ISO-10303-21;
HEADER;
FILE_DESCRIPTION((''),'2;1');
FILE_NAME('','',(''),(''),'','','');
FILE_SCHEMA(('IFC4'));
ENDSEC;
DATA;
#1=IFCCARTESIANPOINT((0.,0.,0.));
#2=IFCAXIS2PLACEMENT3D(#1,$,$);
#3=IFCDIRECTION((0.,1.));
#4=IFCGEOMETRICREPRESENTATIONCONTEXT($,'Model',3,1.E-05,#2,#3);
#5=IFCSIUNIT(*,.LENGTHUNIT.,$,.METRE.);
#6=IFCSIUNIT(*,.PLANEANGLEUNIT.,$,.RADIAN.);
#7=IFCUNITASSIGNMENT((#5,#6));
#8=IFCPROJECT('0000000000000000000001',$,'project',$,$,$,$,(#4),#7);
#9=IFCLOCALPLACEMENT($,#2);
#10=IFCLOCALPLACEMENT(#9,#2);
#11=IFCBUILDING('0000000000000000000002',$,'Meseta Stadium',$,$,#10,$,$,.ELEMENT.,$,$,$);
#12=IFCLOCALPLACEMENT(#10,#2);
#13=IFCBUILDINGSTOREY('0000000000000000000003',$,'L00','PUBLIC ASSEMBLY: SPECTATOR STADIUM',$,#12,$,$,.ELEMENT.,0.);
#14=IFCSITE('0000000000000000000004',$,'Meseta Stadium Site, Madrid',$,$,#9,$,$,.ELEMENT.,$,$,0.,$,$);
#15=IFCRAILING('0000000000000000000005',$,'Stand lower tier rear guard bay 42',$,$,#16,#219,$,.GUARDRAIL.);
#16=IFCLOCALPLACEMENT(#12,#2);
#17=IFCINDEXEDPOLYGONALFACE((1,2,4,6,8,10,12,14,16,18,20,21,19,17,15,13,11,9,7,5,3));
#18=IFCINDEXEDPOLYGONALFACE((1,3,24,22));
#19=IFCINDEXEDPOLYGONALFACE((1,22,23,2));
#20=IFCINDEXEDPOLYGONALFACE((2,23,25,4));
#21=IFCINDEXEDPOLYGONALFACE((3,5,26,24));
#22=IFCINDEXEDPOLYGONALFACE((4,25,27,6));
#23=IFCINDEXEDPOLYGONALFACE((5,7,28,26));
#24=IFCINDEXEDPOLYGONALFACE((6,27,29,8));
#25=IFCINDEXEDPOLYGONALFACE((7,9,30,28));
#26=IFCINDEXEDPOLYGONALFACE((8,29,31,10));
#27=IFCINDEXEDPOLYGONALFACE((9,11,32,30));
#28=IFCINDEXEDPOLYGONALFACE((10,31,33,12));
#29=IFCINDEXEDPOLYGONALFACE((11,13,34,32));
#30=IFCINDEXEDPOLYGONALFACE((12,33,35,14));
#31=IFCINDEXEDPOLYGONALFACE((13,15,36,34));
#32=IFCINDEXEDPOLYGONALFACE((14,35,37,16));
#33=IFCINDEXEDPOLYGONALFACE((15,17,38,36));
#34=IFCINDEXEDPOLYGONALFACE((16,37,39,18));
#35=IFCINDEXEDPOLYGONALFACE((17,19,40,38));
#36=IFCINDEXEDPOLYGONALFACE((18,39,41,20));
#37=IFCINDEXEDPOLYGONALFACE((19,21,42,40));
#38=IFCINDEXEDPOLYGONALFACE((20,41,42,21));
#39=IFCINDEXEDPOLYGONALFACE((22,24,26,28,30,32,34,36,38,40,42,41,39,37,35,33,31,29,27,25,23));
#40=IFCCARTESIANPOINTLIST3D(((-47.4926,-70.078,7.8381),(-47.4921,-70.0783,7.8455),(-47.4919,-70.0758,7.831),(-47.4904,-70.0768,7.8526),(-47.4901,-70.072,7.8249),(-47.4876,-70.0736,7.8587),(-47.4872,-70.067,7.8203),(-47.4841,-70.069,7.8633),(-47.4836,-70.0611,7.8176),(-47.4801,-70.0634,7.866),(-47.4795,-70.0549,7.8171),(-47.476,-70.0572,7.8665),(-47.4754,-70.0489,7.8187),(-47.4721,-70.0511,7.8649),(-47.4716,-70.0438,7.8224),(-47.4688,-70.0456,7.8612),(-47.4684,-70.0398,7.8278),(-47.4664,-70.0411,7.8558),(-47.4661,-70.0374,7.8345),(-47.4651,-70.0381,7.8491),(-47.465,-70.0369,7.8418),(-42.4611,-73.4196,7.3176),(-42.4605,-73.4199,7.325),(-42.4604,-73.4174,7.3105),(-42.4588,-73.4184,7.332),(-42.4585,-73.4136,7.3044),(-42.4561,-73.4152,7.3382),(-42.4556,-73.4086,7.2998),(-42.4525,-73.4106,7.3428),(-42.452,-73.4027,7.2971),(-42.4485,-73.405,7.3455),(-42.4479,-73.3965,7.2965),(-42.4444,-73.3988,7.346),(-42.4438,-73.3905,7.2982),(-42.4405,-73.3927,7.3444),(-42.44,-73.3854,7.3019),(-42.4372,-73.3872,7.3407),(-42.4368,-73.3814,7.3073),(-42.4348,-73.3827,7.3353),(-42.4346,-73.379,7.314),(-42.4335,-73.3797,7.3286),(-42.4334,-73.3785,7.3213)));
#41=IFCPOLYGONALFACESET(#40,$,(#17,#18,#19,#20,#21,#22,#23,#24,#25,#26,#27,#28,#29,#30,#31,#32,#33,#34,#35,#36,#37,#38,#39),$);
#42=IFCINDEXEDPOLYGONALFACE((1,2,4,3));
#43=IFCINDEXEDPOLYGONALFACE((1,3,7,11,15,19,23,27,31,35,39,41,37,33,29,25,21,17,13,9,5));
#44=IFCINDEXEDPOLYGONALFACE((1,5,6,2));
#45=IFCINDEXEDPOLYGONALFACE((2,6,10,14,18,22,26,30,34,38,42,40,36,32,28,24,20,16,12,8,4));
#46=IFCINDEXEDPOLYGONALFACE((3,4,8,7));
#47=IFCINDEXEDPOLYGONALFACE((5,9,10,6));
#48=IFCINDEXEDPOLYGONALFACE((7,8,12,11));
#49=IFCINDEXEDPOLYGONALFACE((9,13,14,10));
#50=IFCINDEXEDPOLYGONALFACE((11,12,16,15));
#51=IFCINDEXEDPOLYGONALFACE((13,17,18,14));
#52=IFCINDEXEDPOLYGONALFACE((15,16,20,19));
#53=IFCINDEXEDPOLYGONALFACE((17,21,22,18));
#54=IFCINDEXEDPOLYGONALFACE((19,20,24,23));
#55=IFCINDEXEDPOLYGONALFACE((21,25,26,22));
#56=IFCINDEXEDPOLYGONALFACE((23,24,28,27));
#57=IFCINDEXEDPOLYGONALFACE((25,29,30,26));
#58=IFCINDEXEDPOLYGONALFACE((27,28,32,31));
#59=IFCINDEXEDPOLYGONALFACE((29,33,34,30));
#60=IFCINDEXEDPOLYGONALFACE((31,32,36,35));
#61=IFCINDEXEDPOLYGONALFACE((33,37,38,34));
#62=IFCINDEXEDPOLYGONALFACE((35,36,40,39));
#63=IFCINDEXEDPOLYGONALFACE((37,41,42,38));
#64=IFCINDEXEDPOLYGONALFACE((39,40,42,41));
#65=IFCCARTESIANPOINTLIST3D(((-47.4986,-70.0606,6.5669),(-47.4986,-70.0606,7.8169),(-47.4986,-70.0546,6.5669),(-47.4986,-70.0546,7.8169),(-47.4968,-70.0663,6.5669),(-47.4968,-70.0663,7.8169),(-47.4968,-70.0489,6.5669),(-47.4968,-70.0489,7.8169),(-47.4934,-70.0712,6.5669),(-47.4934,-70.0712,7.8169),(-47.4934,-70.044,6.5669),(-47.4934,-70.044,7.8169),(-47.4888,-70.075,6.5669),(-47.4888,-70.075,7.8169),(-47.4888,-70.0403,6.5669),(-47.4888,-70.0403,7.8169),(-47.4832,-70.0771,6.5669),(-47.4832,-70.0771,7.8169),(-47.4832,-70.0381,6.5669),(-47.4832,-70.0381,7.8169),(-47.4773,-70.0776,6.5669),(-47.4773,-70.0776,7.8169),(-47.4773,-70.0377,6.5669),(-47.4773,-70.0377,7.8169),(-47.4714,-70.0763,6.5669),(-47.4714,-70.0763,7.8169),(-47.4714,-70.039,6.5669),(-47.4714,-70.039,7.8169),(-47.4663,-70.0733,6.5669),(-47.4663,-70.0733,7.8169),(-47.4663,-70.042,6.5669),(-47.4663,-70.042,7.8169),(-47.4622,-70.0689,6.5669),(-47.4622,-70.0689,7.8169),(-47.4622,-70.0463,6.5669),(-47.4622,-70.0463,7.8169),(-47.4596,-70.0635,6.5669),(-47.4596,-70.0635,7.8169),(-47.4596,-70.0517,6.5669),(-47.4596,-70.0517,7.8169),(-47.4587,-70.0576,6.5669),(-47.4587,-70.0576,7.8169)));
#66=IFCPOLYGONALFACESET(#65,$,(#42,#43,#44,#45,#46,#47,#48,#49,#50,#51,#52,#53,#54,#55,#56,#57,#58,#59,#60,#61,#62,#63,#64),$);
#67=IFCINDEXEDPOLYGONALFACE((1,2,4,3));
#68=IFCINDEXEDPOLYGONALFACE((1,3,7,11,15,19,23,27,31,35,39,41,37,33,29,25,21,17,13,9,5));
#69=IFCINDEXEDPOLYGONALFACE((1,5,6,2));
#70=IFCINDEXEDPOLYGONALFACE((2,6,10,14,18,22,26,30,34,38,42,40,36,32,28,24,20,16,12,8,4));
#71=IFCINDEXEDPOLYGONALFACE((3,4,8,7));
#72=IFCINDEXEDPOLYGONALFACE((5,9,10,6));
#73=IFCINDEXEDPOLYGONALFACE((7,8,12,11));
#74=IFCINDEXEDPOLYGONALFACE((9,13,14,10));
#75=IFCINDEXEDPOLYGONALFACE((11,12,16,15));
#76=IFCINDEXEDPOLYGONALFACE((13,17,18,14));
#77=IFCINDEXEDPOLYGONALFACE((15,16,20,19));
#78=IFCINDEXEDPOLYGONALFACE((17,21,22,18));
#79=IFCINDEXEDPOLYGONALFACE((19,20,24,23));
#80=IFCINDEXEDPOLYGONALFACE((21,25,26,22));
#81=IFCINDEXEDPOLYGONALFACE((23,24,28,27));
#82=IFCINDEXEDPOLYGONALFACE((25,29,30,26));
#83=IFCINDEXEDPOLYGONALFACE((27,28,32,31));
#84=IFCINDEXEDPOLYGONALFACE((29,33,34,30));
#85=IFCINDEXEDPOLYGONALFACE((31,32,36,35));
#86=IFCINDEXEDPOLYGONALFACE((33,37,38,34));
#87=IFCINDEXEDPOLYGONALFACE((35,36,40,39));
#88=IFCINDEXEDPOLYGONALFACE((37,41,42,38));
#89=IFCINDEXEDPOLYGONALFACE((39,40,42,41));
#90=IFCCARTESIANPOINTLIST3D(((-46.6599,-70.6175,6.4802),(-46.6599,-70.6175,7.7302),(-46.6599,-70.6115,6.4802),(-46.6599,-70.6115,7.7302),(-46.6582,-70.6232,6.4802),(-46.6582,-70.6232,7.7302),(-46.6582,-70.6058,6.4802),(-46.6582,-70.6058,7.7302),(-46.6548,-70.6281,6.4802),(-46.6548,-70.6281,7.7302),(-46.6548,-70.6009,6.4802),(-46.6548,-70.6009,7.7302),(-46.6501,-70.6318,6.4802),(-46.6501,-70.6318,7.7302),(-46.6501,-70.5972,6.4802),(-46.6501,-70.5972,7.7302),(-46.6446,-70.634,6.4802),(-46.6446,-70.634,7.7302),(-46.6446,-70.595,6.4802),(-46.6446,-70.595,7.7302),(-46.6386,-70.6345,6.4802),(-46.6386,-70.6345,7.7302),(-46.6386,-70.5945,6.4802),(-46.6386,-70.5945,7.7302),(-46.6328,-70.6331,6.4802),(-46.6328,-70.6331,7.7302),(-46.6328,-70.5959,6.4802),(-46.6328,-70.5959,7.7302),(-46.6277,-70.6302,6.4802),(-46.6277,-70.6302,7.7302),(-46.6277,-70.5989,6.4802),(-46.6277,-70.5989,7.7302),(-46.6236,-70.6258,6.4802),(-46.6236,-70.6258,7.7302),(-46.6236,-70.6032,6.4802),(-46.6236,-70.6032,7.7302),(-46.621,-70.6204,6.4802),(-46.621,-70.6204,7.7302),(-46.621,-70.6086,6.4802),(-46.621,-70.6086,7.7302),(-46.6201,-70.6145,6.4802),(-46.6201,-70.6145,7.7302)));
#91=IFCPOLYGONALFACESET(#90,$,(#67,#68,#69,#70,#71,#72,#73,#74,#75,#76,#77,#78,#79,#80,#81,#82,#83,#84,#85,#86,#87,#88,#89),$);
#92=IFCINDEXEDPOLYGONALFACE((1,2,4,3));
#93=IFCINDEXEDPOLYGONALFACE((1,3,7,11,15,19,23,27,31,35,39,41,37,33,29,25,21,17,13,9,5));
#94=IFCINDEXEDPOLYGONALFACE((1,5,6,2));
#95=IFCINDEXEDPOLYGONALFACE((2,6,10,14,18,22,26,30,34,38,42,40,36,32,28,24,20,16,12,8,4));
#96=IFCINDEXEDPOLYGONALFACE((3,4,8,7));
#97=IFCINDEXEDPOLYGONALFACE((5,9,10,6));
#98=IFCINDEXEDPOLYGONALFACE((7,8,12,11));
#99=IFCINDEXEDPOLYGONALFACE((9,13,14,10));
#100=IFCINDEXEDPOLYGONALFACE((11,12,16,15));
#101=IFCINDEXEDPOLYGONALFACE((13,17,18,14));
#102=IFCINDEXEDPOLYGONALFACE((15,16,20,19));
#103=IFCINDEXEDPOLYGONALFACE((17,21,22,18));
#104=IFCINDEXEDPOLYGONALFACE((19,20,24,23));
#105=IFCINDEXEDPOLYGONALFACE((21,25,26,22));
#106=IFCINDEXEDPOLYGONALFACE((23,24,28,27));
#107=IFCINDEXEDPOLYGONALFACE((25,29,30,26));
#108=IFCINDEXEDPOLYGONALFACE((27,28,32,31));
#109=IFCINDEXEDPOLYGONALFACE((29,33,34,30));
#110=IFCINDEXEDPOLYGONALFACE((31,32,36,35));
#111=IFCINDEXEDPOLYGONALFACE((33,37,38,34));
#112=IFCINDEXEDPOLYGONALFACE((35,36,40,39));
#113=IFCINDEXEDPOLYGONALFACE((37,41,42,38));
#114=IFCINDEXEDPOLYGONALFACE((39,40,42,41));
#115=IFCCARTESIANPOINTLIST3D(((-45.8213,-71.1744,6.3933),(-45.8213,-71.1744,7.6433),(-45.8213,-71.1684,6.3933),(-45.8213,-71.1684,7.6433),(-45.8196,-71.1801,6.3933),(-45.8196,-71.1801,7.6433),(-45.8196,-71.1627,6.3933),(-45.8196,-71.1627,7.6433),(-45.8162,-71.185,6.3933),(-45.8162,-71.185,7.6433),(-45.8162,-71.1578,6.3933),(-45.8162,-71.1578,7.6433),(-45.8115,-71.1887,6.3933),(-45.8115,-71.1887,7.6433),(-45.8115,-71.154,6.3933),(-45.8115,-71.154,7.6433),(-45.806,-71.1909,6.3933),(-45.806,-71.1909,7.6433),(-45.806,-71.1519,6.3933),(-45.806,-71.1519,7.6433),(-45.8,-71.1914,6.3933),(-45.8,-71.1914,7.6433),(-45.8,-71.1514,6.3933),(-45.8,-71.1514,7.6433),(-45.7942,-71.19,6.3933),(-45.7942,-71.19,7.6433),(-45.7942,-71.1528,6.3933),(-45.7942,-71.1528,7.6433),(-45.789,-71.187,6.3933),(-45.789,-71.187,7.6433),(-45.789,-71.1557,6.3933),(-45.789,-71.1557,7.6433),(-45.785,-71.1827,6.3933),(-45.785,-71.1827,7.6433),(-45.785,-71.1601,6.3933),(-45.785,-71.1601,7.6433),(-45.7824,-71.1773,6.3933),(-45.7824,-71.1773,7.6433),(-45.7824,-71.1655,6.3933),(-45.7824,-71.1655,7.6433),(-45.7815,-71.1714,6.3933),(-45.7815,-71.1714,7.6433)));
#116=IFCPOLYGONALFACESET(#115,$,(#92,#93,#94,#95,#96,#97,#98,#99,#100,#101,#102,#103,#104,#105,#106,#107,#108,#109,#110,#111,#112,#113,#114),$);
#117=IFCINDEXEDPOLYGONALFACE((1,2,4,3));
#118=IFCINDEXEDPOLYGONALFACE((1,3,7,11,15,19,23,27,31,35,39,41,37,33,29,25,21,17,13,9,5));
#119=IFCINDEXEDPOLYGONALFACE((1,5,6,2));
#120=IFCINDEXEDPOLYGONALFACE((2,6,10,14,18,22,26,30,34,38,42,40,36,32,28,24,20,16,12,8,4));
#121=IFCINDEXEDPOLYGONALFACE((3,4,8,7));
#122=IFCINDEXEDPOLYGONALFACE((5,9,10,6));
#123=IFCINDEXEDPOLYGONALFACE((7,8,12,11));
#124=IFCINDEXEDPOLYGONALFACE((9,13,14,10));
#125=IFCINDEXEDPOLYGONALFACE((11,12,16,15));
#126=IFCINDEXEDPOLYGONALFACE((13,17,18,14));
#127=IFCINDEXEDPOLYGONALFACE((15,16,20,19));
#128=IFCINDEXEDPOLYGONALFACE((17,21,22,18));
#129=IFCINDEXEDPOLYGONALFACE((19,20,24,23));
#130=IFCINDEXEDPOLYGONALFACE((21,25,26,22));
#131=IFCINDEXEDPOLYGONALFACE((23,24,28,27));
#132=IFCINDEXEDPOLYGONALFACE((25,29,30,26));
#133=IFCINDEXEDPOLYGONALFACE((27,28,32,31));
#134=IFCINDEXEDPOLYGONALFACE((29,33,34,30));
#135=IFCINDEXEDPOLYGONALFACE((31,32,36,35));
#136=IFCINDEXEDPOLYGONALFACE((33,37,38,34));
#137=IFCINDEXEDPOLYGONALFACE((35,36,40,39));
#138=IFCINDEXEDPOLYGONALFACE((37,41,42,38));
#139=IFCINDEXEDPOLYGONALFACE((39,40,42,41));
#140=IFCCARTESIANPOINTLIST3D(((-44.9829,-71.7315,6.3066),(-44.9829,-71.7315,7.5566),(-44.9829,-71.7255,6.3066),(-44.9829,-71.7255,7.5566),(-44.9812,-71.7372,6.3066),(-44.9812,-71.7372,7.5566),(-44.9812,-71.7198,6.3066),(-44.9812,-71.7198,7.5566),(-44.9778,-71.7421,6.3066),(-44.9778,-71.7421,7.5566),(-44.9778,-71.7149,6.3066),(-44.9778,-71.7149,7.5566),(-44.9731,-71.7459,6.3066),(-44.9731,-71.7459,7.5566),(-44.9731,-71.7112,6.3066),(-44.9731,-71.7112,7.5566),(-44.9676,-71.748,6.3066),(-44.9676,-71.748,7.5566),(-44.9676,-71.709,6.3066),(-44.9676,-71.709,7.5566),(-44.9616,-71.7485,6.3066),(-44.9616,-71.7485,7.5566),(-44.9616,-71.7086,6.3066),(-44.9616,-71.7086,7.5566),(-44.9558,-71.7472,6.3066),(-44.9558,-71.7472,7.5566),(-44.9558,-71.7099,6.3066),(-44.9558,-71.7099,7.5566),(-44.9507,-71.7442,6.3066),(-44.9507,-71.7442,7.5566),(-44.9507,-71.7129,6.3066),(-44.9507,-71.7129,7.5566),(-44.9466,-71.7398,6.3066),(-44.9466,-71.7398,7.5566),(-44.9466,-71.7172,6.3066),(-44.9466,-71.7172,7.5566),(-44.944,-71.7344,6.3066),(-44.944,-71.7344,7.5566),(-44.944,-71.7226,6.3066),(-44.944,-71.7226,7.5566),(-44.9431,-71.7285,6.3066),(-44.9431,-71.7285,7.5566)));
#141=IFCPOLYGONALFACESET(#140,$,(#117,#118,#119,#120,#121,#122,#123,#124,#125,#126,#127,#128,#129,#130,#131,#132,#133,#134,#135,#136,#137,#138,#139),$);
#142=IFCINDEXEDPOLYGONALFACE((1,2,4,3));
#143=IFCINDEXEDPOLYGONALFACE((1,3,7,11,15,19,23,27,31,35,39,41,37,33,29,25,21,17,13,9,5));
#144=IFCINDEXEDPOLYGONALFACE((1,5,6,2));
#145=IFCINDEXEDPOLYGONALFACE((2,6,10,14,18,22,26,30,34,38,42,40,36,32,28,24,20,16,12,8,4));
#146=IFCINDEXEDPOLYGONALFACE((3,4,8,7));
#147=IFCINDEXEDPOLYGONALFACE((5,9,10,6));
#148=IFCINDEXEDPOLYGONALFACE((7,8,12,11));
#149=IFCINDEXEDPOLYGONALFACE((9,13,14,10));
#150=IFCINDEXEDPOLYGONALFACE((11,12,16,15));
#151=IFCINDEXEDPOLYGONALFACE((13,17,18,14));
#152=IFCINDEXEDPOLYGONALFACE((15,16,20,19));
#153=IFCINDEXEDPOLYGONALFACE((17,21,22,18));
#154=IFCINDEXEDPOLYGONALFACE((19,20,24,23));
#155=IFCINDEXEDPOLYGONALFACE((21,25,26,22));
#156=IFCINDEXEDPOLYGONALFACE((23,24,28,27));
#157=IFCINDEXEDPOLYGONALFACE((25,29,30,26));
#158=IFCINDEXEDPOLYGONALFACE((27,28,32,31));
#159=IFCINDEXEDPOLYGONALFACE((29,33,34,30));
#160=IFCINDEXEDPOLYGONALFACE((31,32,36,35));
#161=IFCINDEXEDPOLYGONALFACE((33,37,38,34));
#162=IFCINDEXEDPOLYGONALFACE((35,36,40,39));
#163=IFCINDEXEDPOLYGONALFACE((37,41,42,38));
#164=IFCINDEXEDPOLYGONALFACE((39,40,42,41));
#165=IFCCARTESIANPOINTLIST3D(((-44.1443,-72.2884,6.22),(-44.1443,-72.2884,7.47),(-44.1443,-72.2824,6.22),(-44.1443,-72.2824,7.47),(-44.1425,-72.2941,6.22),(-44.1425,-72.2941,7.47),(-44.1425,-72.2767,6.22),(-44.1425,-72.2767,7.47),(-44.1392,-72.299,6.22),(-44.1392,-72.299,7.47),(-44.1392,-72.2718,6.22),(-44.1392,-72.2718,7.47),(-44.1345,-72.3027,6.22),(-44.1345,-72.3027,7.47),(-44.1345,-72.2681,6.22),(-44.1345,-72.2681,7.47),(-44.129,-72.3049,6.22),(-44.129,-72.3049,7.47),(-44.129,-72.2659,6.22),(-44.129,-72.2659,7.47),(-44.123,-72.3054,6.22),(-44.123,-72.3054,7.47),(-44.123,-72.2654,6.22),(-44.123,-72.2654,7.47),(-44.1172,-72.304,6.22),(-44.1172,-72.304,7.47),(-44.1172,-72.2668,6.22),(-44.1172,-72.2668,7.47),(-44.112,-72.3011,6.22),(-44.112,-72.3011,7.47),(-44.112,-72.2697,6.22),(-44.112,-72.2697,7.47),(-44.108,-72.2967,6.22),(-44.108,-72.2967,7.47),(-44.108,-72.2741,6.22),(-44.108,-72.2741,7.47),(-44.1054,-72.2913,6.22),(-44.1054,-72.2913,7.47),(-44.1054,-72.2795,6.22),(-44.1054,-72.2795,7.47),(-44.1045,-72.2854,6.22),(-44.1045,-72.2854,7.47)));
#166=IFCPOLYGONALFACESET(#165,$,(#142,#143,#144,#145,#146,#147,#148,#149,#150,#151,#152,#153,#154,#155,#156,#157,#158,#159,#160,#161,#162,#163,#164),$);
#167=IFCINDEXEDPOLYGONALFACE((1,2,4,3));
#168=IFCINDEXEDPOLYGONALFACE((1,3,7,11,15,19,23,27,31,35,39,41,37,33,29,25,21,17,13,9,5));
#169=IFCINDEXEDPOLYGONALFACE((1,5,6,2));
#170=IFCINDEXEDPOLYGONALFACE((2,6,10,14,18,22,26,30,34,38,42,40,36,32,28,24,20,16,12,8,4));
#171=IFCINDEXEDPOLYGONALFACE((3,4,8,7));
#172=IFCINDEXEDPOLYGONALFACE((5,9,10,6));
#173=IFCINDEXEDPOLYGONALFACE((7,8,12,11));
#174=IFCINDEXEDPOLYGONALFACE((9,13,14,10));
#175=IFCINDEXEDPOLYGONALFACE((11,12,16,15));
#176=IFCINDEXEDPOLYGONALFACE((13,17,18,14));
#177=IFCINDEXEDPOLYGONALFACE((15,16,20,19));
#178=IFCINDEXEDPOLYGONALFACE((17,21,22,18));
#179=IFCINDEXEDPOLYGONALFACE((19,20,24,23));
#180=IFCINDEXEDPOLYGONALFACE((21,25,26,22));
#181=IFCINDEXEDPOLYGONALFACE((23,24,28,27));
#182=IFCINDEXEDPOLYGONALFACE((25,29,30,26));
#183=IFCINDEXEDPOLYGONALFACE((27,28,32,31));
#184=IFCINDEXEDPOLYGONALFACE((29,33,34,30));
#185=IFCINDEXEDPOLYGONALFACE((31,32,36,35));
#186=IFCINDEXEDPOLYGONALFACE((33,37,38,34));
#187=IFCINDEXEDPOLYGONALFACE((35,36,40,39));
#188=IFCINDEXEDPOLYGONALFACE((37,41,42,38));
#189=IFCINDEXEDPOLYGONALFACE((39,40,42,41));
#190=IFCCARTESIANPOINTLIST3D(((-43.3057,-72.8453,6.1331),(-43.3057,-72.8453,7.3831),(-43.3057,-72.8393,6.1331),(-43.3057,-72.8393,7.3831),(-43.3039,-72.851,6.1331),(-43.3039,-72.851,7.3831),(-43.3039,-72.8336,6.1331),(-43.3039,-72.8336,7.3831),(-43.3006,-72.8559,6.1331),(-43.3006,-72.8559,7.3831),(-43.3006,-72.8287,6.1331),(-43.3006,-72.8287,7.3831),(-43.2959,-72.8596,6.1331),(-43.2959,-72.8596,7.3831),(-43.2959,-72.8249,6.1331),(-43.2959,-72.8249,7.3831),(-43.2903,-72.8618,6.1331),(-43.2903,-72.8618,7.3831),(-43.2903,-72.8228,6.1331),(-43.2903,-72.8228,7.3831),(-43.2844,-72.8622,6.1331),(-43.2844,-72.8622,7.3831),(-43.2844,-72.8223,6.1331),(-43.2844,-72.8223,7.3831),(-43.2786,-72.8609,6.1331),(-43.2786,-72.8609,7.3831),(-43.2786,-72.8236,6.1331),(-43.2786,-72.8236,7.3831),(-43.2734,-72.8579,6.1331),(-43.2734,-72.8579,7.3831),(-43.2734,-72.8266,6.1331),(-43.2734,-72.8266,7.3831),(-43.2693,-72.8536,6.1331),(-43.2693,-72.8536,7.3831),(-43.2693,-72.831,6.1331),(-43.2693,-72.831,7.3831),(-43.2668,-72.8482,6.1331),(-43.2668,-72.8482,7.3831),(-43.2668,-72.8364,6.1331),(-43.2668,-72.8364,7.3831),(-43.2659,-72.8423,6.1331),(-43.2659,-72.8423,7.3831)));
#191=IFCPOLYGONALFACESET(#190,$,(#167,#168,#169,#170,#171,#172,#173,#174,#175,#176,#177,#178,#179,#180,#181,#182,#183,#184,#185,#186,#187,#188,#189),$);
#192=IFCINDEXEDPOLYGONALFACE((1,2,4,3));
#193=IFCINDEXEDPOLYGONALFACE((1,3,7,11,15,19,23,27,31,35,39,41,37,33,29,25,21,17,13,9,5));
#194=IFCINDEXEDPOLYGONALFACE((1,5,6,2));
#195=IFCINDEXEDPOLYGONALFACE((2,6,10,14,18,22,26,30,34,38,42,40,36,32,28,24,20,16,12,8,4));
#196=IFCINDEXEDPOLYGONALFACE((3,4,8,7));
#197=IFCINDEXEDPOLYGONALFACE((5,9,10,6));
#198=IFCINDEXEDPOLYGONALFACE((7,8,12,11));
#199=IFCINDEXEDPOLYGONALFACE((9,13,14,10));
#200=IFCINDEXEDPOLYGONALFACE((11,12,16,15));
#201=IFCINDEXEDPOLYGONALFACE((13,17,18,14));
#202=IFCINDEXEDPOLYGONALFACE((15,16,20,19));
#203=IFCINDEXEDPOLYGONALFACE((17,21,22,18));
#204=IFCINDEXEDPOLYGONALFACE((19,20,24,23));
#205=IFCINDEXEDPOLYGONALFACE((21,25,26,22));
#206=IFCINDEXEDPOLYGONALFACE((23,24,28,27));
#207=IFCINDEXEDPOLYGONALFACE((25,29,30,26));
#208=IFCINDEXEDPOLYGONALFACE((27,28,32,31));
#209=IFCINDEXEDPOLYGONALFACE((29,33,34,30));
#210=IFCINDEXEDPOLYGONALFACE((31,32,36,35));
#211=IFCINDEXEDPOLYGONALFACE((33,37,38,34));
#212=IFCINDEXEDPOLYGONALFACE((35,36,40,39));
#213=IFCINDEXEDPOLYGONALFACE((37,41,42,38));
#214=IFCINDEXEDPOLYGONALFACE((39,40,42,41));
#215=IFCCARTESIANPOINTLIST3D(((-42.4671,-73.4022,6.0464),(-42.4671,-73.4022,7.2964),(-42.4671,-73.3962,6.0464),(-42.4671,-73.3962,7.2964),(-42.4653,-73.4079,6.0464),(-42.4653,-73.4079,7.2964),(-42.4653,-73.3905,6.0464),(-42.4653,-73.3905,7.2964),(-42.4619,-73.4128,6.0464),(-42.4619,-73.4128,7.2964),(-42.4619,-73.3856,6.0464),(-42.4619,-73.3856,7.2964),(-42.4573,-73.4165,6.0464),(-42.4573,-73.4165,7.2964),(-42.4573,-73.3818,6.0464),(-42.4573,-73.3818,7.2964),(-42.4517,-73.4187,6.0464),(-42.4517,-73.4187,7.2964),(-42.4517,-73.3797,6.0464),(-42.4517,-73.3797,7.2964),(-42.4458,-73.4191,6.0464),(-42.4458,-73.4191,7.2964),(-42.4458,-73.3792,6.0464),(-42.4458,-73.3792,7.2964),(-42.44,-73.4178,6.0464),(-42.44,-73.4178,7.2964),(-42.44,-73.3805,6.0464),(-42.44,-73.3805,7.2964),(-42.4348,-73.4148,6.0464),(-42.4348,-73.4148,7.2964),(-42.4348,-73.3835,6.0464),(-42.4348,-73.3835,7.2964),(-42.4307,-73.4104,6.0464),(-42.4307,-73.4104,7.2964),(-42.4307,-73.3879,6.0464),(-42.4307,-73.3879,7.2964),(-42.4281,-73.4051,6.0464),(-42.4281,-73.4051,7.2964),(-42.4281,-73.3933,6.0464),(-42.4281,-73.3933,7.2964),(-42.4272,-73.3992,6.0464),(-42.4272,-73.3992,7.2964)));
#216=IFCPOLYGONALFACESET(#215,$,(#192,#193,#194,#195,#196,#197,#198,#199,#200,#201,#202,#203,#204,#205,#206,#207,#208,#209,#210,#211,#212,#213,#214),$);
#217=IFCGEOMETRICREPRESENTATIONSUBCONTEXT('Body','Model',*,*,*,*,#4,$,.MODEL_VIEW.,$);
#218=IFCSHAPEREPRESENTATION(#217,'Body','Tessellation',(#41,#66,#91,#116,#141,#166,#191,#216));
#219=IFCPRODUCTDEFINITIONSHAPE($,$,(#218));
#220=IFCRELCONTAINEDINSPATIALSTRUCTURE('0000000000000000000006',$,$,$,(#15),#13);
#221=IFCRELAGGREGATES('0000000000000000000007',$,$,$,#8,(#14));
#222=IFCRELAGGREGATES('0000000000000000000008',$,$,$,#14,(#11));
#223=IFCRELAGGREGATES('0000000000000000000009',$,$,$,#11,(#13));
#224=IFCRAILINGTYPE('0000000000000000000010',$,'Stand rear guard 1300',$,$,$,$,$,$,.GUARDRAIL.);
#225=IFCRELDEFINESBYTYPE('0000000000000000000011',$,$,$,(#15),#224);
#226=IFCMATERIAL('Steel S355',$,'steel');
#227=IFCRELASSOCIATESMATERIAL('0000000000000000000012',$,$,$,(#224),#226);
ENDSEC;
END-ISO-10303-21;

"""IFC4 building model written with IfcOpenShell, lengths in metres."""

from ifc_helpers import new_model, si_unit, direction, frame, origin, origin_2d, place, context, subcontext, project, spatial, circle, extrude, material, type_object, element, save


model = new_model("IFC4")

# Units and contexts
model_context = context("Model", 3, precision=1e-05, world=origin(), true_north=direction((0.0, 1.0)))
body_context = subcontext(model_context, "Body", "Model", "MODEL_VIEW")
ifc_project = project(units=[si_unit("LENGTHUNIT", "METRE"), si_unit("PLANEANGLEUNIT", "RADIAN")], contexts=[model_context])

# Site, building, storey
site_placement = place(None, origin())
site = spatial("IfcSite", under=ifc_project, at=site_placement, Name="Meseta Stadium Site, Madrid", CompositionType="ELEMENT", RefElevation=0.0)
building_placement = place(site_placement, origin())
building = spatial("IfcBuilding", under=site, at=building_placement, Name="Meseta Stadium", CompositionType="ELEMENT")
storey_placement = place(building_placement, origin())
storey = spatial("IfcBuildingStorey", under=building, at=storey_placement, Name="L00", Description="PUBLIC ASSEMBLY: SPECTATOR STADIUM", CompositionType="ELEMENT", Elevation=0.0)

# Railing
ifc_material_1 = material(Name="Steel S355", Category="steel")
railing_type = type_object("IfcRailingType", Name="Stand rear guard 1300", PredefinedType="GUARDRAIL", material=ifc_material_1)
railing_1_placement = place(storey_placement, frame((-47.4788, -70.0576, 6.5669)))
element("IfcRailing", 1, at=railing_1_placement, inside=storey, type_object=railing_type, Name="Stand lower tier rear guard bay 42", PredefinedType="GUARDRAIL", context=body_context, shape_type="SweptSolid", body=[
    extrude(circle(Radius=0.0249, at=origin_2d()), frame((0.0, 0.0, 1.2749), z_axis=(0.829949, -0.551192, -0.085858), x_axis=(0.553235, 0.833025, 0.0)), (0.0, 0.0, 1.0), 6.0625),
    extrude(circle(Radius=0.02, at=origin_2d()), origin(), (0.0, 0.0, 1.0), 1.25),
    extrude(circle(Radius=0.02, at=origin_2d()), frame((0.8386, -0.5569, -0.0867)), (0.0, 0.0, 1.0), 1.25),
    extrude(circle(Radius=0.02, at=origin_2d()), frame((1.6772, -1.1138, -0.1736)), (0.0, 0.0, 1.0), 1.25),
    extrude(circle(Radius=0.02, at=origin_2d()), frame((2.5156, -1.6709, -0.2603)), (0.0, 0.0, 1.0), 1.25),
    extrude(circle(Radius=0.02, at=origin_2d()), frame((3.3542, -2.2278, -0.3469)), (0.0, 0.0, 1.0), 1.25),
    extrude(circle(Radius=0.02, at=origin_2d()), frame((4.1929, -2.7847, -0.4338)), (0.0, 0.0, 1.0), 1.25),
    extrude(circle(Radius=0.02, at=origin_2d()), frame((5.0315, -3.3416, -0.5205)), (0.0, 0.0, 1.0), 1.25),
])

save(model, "model.ifc")
